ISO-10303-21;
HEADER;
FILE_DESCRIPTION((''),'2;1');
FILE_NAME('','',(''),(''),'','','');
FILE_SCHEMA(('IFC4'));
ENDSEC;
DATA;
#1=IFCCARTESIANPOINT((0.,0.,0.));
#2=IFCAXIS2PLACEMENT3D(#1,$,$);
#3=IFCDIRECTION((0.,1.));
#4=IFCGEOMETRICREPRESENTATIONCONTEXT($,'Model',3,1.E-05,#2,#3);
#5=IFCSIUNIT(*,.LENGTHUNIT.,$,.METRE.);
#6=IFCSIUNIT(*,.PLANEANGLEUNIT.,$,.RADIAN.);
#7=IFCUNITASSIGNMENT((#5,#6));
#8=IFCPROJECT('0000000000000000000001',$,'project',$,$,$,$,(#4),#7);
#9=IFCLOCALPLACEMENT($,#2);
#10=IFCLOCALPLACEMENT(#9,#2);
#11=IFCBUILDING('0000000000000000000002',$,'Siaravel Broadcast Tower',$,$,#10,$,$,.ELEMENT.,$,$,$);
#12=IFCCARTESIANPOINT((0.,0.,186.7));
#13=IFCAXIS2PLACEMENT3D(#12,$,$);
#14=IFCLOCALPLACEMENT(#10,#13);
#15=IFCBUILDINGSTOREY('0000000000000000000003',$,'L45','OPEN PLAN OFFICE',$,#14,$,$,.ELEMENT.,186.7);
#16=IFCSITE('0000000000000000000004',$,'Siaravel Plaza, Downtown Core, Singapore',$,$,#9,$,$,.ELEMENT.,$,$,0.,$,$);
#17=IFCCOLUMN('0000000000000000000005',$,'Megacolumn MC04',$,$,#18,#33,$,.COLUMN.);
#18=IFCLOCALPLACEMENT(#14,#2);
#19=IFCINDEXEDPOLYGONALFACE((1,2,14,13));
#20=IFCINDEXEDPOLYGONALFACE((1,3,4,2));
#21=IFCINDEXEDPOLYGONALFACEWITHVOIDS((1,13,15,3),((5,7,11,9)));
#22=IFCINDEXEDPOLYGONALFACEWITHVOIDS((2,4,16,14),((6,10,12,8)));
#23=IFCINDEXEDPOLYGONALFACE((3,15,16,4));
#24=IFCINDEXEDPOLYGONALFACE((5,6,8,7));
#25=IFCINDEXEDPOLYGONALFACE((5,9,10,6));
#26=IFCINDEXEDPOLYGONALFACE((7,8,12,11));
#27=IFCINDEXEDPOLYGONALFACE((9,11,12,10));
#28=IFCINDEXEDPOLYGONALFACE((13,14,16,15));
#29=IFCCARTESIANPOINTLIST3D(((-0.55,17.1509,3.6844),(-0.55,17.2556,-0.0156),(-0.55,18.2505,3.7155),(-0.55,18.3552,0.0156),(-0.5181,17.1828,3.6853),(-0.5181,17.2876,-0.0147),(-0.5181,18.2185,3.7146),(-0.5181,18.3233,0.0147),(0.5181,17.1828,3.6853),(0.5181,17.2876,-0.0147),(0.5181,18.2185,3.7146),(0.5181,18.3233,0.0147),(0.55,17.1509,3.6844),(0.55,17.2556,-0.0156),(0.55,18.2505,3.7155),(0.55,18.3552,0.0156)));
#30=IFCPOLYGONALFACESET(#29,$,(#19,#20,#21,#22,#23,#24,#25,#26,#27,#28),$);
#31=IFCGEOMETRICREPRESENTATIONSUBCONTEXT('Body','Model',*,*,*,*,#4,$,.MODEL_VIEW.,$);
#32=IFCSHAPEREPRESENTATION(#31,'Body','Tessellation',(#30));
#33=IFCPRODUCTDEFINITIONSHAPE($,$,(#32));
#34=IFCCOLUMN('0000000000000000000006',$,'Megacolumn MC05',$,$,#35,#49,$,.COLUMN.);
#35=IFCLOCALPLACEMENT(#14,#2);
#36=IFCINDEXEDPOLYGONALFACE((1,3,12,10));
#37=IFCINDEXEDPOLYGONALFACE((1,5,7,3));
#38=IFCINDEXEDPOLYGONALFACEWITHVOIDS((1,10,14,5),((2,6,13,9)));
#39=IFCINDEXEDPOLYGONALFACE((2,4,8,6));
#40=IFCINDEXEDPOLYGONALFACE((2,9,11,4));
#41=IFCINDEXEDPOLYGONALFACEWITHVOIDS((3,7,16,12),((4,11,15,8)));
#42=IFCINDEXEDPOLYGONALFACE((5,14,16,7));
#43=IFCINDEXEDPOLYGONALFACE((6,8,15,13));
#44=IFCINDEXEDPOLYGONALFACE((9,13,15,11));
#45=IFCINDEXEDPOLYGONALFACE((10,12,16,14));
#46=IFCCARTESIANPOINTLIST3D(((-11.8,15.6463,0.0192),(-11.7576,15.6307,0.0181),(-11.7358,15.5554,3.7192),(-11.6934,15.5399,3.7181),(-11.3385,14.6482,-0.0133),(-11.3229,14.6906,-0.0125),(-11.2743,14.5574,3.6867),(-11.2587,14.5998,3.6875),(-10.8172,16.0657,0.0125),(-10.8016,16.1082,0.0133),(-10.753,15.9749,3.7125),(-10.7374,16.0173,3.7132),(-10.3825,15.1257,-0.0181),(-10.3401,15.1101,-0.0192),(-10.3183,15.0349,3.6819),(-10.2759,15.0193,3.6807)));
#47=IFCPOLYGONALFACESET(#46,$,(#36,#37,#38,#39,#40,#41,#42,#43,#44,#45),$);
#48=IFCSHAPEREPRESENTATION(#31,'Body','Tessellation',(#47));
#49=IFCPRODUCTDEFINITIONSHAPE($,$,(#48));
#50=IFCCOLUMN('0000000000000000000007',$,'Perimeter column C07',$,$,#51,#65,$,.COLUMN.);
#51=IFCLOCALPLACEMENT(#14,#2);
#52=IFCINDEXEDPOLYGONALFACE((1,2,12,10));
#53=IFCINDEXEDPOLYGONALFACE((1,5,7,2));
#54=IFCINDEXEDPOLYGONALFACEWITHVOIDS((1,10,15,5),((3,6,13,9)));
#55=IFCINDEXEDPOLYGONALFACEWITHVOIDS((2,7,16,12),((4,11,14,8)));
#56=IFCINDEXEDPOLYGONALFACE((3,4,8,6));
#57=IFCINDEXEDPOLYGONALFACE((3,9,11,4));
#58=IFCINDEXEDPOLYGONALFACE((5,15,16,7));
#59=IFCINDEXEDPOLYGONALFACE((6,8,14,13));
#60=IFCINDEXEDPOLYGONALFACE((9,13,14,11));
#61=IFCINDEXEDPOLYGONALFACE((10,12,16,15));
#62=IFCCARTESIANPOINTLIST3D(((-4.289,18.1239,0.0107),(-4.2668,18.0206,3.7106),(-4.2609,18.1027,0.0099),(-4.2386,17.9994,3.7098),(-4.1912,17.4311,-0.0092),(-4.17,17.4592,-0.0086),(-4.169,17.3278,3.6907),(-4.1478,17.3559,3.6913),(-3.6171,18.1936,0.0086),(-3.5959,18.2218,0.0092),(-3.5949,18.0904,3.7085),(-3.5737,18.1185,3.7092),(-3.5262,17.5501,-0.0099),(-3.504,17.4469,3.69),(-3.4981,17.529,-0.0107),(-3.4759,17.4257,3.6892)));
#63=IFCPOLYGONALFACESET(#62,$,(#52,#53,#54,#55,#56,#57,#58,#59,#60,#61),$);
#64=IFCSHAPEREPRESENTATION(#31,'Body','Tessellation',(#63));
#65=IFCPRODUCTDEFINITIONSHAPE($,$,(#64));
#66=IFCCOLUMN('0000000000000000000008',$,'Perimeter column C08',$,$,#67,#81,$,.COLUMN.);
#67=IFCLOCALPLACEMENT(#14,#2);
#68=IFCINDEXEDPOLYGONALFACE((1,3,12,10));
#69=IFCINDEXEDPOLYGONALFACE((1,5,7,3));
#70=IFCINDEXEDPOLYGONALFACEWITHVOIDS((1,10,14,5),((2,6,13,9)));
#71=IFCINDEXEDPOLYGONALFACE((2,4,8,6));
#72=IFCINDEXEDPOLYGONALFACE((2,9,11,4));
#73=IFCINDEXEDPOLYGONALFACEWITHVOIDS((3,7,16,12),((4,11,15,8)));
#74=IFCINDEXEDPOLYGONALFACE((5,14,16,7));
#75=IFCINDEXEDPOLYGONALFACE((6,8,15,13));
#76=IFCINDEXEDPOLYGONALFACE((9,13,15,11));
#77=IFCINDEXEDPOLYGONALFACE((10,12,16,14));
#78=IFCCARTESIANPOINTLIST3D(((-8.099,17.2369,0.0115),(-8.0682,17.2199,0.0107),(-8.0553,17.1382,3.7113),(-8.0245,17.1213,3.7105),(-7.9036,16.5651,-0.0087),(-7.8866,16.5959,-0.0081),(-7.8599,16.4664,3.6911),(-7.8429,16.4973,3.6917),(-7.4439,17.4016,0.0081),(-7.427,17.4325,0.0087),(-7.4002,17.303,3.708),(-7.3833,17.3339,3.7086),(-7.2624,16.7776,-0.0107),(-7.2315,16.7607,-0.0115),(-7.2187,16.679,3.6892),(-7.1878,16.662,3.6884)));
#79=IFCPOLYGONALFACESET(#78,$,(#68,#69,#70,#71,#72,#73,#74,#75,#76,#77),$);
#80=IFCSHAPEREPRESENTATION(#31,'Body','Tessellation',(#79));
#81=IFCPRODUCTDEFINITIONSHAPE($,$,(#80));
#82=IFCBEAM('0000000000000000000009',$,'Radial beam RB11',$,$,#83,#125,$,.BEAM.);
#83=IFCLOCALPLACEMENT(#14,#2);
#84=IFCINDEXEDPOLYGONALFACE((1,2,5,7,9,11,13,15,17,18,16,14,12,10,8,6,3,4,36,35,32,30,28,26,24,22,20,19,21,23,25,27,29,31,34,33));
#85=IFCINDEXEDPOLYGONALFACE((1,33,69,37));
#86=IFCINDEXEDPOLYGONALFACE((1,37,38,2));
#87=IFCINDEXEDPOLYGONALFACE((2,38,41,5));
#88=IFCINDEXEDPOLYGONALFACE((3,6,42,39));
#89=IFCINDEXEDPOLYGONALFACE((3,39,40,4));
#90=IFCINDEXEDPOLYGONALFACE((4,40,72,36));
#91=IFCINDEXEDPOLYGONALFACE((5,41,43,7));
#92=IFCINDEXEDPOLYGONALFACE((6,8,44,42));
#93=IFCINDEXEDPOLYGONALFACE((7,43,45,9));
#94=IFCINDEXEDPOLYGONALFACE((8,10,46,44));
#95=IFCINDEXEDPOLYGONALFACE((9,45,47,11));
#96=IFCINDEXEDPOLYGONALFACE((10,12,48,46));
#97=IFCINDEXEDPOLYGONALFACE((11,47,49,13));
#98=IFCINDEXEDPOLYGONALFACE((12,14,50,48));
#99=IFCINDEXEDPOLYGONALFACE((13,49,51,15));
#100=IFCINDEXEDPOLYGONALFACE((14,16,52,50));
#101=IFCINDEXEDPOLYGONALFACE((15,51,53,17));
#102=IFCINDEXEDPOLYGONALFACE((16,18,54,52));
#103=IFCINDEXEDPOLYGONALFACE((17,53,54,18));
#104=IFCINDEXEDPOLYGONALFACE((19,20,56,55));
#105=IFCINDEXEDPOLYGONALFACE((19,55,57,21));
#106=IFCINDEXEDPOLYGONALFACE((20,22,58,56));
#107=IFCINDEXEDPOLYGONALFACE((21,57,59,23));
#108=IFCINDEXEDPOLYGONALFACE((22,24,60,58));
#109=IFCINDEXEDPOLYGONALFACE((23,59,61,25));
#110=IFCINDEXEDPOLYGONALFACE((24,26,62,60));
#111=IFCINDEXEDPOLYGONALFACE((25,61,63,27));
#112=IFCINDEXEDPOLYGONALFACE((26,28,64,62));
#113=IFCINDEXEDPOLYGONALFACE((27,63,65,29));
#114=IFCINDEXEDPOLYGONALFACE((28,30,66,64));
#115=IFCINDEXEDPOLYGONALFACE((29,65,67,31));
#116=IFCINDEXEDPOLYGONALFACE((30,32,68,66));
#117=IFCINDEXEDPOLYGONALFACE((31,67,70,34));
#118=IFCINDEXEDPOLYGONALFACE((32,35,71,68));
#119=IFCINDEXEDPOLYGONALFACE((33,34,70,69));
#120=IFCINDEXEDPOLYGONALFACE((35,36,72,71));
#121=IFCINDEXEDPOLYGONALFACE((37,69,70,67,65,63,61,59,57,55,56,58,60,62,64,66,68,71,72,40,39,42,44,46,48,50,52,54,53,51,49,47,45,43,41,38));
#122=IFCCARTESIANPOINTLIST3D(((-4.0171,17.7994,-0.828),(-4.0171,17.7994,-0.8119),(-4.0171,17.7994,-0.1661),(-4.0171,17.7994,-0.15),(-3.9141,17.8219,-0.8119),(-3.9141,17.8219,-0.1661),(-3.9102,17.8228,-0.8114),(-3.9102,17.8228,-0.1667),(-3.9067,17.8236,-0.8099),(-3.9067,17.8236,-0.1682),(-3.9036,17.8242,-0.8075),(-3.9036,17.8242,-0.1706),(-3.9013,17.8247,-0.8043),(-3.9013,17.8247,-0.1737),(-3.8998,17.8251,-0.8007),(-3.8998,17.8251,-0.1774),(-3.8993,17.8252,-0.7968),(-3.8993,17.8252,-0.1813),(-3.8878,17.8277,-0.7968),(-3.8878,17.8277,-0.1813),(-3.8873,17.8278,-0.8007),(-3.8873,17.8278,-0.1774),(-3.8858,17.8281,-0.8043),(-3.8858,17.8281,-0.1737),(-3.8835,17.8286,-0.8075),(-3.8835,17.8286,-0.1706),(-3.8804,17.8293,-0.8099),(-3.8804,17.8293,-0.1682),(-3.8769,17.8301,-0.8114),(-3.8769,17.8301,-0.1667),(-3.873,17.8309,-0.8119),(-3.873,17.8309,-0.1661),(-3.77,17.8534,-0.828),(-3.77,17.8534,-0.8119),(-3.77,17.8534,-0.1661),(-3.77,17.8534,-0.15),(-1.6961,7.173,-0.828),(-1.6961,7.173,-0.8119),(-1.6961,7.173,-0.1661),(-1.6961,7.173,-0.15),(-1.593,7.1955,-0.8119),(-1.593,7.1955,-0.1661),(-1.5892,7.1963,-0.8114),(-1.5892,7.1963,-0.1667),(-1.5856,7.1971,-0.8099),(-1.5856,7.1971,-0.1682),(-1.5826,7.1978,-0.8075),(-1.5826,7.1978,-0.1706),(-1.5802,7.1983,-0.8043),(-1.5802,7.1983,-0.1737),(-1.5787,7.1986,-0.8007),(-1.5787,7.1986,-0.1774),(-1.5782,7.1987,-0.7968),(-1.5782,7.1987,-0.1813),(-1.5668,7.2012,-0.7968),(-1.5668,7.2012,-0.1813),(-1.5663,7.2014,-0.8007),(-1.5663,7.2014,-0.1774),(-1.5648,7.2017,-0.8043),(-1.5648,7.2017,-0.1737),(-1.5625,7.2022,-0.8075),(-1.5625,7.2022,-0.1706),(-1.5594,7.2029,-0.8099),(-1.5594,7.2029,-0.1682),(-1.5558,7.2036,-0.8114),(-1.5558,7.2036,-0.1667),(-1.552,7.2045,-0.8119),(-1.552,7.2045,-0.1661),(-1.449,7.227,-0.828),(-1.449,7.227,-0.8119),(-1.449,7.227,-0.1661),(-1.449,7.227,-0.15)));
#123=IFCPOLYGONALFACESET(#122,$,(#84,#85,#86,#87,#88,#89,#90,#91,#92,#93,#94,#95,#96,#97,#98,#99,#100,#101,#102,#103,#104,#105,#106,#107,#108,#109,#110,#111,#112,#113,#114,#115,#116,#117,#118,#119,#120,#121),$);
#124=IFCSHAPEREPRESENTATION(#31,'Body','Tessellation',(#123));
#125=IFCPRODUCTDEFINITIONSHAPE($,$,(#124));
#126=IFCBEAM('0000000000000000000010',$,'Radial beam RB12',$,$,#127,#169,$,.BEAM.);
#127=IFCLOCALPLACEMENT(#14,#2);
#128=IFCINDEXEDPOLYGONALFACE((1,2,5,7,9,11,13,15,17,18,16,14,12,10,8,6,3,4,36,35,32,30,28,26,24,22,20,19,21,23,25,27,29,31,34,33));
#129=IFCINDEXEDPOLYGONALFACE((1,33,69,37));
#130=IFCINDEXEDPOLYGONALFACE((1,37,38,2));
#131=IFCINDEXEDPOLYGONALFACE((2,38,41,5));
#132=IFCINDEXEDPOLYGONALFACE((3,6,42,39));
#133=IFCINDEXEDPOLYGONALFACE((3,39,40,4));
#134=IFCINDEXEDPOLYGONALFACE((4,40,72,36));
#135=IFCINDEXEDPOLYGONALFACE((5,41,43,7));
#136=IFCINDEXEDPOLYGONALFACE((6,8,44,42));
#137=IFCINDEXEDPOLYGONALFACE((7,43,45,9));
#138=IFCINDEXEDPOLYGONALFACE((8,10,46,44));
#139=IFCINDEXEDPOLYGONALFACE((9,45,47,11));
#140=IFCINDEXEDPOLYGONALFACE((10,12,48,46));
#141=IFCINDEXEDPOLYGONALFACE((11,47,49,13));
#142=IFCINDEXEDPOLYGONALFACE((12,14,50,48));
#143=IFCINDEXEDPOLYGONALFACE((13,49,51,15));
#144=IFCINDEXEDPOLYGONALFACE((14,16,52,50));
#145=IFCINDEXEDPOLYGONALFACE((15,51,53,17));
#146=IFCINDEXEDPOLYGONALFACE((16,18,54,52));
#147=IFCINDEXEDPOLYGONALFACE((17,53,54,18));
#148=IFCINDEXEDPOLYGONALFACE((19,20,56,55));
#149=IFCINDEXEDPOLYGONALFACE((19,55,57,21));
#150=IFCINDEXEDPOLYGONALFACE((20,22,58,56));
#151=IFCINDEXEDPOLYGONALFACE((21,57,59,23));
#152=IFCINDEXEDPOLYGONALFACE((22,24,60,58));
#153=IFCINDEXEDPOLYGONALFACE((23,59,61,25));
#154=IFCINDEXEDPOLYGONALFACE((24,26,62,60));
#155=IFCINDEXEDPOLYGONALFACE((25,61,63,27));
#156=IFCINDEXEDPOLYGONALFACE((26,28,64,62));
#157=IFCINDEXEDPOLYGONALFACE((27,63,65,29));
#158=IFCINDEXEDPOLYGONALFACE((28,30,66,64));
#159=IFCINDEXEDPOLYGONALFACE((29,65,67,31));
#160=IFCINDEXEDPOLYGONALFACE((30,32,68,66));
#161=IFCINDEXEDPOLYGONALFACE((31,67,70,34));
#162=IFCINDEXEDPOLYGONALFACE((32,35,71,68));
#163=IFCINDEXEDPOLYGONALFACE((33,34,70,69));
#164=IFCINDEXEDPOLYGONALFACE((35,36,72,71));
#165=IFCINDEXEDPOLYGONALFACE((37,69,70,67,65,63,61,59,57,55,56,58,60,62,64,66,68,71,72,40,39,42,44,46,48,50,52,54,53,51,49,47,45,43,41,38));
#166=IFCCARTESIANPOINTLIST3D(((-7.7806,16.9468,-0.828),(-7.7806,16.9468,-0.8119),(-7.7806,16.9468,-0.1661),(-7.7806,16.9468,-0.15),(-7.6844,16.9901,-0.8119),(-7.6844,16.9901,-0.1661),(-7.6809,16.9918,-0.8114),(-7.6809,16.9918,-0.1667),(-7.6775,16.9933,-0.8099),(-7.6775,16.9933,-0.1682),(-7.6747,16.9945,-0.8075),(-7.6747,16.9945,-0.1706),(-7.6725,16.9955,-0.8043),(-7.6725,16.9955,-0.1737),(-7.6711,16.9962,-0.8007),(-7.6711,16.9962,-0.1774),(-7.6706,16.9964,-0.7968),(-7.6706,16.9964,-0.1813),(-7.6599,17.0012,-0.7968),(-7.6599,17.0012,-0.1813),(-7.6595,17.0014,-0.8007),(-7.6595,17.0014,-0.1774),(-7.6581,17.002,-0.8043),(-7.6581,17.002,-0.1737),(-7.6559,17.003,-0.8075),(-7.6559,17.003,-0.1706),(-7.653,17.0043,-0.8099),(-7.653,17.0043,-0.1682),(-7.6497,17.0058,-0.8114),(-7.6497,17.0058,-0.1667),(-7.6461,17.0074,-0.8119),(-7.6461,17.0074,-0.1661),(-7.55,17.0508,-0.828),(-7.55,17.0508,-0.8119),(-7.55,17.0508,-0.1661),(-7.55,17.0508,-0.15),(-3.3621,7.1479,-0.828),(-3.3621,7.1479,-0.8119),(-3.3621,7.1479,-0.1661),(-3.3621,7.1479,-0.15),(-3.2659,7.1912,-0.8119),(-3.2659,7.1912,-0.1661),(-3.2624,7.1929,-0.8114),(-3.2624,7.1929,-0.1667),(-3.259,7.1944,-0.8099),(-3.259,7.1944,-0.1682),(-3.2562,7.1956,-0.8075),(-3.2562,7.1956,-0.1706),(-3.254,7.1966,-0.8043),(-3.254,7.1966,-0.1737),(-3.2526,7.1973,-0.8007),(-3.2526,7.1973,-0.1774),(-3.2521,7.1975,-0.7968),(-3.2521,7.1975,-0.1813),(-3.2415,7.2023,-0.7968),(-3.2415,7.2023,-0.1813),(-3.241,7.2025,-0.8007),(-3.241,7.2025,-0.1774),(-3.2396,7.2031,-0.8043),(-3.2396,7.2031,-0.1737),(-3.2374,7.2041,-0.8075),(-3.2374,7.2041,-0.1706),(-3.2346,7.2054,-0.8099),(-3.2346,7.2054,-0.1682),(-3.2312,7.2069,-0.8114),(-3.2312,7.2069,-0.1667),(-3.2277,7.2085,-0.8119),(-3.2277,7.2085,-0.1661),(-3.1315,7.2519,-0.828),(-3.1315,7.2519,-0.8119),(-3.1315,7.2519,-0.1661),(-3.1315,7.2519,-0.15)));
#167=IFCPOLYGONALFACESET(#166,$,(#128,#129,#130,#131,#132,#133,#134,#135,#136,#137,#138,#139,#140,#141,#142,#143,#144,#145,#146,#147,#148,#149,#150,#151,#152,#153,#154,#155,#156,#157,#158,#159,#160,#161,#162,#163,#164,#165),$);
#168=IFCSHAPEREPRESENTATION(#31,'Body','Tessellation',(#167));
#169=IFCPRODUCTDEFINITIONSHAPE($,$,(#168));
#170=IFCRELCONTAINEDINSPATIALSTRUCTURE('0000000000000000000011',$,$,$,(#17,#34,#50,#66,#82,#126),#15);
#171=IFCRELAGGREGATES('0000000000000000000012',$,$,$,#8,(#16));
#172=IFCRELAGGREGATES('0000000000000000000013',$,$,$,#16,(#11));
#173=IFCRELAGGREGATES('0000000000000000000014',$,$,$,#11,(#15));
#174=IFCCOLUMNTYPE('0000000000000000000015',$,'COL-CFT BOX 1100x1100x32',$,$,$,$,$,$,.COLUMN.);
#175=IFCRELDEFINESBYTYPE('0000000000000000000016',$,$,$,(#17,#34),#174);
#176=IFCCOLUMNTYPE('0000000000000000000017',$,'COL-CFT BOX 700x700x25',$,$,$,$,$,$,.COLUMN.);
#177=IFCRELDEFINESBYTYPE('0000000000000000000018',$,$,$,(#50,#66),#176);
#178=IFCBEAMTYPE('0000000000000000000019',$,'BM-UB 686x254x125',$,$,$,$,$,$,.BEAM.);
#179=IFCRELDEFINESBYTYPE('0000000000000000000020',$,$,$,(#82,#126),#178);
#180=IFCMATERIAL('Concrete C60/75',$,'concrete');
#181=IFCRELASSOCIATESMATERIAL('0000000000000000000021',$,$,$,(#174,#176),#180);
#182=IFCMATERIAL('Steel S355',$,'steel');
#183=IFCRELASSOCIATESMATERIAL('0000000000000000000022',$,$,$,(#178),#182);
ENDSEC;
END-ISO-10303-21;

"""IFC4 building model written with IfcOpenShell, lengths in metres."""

from ifc_helpers import new_model, si_unit, direction, frame, origin, origin_2d, place, context, subcontext, project, spatial, hollow_rectangle, i_section, extrude, material, material_profile, profile_set, type_object, element, save


model = new_model("IFC4")

# Units and contexts
model_context = context("Model", 3, precision=1e-05, world=origin(), true_north=direction((0.0, 1.0)))
body_context = subcontext(model_context, "Body", "Model", "MODEL_VIEW")
ifc_project = project(units=[si_unit("LENGTHUNIT", "METRE"), si_unit("PLANEANGLEUNIT", "RADIAN")], contexts=[model_context])

# Site, building, storey
site_placement = place(None, origin())
site = spatial("IfcSite", under=ifc_project, at=site_placement, Name="Siaravel Plaza, Downtown Core, Singapore", CompositionType="ELEMENT", RefElevation=0.0)
building_placement = place(site_placement, origin())
building = spatial("IfcBuilding", under=site, at=building_placement, Name="Siaravel Broadcast Tower", CompositionType="ELEMENT")
storey_placement = place(building_placement, frame((0.0, 0.0, 186.7)))
storey = spatial("IfcBuildingStorey", under=building, at=storey_placement, Name="L45", Description="OPEN PLAN OFFICE", CompositionType="ELEMENT", Elevation=186.7)

# Columns
ifc_material_1 = material(Name="Concrete C60/75", Category="concrete")
ifc_material_profile_1 = material_profile(ifc_material_1, hollow_rectangle(XDim=1.1001, YDim=1.1001, WallThickness=0.032, at=origin_2d()))
ifc_profile_set_1 = profile_set([ifc_material_profile_1], Name="Concrete C60/75")
column_type_1 = type_object("IfcColumnType", Name="COL-CFT BOX 1100x1100x32", PredefinedType="COLUMN", material=ifc_profile_set_1)
column_1_placement = place(storey_placement, frame((0.0, 17.8054, 0.0), z_axis=(0.0, -0.028296, 0.9996), x_axis=(1.0, 0.0, 0.0)))
element("IfcColumn", 1, at=column_1_placement, inside=storey, type_object=column_type_1, Name="Megacolumn MC04", PredefinedType="COLUMN", context=body_context, shape_type="SweptSolid", body=[
    extrude(hollow_rectangle(XDim=1.1001, YDim=1.1001, WallThickness=0.032, at=origin_2d()), origin(), (0.0, 0.0, 1.0), 3.7014),
])
column_2_placement = place(storey_placement, frame((-11.0701, 15.3782, 0.0), z_axis=(0.017346, -0.024535, 0.999548), x_axis=(0.90757, 0.419866, -0.005444)))
element("IfcColumn", 2, at=column_2_placement, inside=storey, type_object=column_type_1, Name="Megacolumn MC05", PredefinedType="COLUMN", context=body_context, shape_type="SweptSolid", body=[
    extrude(hollow_rectangle(XDim=1.1001, YDim=1.1001, WallThickness=0.032, at=origin_2d()), origin(), (0.0, 0.0, 1.0), 3.7017),
])
ifc_material_profile_2 = material_profile(ifc_material_1, hollow_rectangle(XDim=0.7, YDim=0.7, WallThickness=0.0249, at=origin_2d()))
ifc_profile_set_2 = profile_set([ifc_material_profile_2], Name="Concrete C60/75")
column_type_2 = type_object("IfcColumnType", Name="COL-CFT BOX 700x700x25", PredefinedType="COLUMN", material=ifc_profile_set_2)
for number, where, z_axis, x_axis, name in (
    (3, (-3.8936, 17.8264, 0.0), (0.006002, -0.0279, 0.999593), (0.990167, 0.139876, -0.002041), "Perimeter column C07"),
    (4, (-7.6653, 16.9988, 0.0), (0.011806, -0.026647, 0.999575), (0.960151, 0.279456, -0.003891), "Perimeter column C08"),
):
    element("IfcColumn", number, at=place(storey_placement, frame(where, z_axis=z_axis, x_axis=x_axis)), inside=storey, type_object=column_type_2, Name=name, PredefinedType="COLUMN", context=body_context, shape_type="SweptSolid", body=[
        extrude(hollow_rectangle(XDim=0.7, YDim=0.7, WallThickness=0.0249, at=origin_2d()), origin(), (0.0, 0.0, 1.0), 3.7014),
    ])

# Beams
ifc_material_2 = material(Name="Steel S355", Category="steel")
ifc_material_profile_3 = material_profile(ifc_material_2, i_section(OverallWidth=0.2529, OverallDepth=0.678, WebThickness=0.0117, FlangeThickness=0.0161, FilletRadius=0.0151, at=origin_2d()))
ifc_profile_set_3 = profile_set([ifc_material_profile_3], Name="Steel S355")
beam_type = type_object("IfcBeamType", Name="BM-UB 686x254x125", PredefinedType="BEAM", material=ifc_profile_set_3)
beam_1_placement = place(storey_placement, frame((-3.8936, 17.8264, -0.489), z_axis=(0.21339, -0.976967, 0.0), x_axis=(0.976967, 0.21339, 0.0)))
element("IfcBeam", 5, at=beam_1_placement, inside=storey, type_object=beam_type, Name="Radial beam RB11", PredefinedType="BEAM", context=body_context, shape_type="SweptSolid", body=[
    extrude(i_section(OverallWidth=0.2529, OverallDepth=0.678, WebThickness=0.0117, FlangeThickness=0.0161, FilletRadius=0.0151, at=origin_2d()), origin(), (0.0, 0.0, 1.0), 10.877),
])
beam_2_placement = place(storey_placement, frame((-7.6653, 16.9988, -0.489), z_axis=(0.41106, -0.911608, 0.0), x_axis=(0.911608, 0.41106, 0.0)))
element("IfcBeam", 6, at=beam_2_placement, inside=storey, type_object=beam_type, Name="Radial beam RB12", PredefinedType="BEAM", context=body_context, shape_type="SweptSolid", body=[
    extrude(i_section(OverallWidth=0.2529, OverallDepth=0.678, WebThickness=0.0117, FlangeThickness=0.0161, FilletRadius=0.0151, at=origin_2d()), origin(), (0.0, 0.0, 1.0), 10.749),
])

save(model, "model.ifc")
